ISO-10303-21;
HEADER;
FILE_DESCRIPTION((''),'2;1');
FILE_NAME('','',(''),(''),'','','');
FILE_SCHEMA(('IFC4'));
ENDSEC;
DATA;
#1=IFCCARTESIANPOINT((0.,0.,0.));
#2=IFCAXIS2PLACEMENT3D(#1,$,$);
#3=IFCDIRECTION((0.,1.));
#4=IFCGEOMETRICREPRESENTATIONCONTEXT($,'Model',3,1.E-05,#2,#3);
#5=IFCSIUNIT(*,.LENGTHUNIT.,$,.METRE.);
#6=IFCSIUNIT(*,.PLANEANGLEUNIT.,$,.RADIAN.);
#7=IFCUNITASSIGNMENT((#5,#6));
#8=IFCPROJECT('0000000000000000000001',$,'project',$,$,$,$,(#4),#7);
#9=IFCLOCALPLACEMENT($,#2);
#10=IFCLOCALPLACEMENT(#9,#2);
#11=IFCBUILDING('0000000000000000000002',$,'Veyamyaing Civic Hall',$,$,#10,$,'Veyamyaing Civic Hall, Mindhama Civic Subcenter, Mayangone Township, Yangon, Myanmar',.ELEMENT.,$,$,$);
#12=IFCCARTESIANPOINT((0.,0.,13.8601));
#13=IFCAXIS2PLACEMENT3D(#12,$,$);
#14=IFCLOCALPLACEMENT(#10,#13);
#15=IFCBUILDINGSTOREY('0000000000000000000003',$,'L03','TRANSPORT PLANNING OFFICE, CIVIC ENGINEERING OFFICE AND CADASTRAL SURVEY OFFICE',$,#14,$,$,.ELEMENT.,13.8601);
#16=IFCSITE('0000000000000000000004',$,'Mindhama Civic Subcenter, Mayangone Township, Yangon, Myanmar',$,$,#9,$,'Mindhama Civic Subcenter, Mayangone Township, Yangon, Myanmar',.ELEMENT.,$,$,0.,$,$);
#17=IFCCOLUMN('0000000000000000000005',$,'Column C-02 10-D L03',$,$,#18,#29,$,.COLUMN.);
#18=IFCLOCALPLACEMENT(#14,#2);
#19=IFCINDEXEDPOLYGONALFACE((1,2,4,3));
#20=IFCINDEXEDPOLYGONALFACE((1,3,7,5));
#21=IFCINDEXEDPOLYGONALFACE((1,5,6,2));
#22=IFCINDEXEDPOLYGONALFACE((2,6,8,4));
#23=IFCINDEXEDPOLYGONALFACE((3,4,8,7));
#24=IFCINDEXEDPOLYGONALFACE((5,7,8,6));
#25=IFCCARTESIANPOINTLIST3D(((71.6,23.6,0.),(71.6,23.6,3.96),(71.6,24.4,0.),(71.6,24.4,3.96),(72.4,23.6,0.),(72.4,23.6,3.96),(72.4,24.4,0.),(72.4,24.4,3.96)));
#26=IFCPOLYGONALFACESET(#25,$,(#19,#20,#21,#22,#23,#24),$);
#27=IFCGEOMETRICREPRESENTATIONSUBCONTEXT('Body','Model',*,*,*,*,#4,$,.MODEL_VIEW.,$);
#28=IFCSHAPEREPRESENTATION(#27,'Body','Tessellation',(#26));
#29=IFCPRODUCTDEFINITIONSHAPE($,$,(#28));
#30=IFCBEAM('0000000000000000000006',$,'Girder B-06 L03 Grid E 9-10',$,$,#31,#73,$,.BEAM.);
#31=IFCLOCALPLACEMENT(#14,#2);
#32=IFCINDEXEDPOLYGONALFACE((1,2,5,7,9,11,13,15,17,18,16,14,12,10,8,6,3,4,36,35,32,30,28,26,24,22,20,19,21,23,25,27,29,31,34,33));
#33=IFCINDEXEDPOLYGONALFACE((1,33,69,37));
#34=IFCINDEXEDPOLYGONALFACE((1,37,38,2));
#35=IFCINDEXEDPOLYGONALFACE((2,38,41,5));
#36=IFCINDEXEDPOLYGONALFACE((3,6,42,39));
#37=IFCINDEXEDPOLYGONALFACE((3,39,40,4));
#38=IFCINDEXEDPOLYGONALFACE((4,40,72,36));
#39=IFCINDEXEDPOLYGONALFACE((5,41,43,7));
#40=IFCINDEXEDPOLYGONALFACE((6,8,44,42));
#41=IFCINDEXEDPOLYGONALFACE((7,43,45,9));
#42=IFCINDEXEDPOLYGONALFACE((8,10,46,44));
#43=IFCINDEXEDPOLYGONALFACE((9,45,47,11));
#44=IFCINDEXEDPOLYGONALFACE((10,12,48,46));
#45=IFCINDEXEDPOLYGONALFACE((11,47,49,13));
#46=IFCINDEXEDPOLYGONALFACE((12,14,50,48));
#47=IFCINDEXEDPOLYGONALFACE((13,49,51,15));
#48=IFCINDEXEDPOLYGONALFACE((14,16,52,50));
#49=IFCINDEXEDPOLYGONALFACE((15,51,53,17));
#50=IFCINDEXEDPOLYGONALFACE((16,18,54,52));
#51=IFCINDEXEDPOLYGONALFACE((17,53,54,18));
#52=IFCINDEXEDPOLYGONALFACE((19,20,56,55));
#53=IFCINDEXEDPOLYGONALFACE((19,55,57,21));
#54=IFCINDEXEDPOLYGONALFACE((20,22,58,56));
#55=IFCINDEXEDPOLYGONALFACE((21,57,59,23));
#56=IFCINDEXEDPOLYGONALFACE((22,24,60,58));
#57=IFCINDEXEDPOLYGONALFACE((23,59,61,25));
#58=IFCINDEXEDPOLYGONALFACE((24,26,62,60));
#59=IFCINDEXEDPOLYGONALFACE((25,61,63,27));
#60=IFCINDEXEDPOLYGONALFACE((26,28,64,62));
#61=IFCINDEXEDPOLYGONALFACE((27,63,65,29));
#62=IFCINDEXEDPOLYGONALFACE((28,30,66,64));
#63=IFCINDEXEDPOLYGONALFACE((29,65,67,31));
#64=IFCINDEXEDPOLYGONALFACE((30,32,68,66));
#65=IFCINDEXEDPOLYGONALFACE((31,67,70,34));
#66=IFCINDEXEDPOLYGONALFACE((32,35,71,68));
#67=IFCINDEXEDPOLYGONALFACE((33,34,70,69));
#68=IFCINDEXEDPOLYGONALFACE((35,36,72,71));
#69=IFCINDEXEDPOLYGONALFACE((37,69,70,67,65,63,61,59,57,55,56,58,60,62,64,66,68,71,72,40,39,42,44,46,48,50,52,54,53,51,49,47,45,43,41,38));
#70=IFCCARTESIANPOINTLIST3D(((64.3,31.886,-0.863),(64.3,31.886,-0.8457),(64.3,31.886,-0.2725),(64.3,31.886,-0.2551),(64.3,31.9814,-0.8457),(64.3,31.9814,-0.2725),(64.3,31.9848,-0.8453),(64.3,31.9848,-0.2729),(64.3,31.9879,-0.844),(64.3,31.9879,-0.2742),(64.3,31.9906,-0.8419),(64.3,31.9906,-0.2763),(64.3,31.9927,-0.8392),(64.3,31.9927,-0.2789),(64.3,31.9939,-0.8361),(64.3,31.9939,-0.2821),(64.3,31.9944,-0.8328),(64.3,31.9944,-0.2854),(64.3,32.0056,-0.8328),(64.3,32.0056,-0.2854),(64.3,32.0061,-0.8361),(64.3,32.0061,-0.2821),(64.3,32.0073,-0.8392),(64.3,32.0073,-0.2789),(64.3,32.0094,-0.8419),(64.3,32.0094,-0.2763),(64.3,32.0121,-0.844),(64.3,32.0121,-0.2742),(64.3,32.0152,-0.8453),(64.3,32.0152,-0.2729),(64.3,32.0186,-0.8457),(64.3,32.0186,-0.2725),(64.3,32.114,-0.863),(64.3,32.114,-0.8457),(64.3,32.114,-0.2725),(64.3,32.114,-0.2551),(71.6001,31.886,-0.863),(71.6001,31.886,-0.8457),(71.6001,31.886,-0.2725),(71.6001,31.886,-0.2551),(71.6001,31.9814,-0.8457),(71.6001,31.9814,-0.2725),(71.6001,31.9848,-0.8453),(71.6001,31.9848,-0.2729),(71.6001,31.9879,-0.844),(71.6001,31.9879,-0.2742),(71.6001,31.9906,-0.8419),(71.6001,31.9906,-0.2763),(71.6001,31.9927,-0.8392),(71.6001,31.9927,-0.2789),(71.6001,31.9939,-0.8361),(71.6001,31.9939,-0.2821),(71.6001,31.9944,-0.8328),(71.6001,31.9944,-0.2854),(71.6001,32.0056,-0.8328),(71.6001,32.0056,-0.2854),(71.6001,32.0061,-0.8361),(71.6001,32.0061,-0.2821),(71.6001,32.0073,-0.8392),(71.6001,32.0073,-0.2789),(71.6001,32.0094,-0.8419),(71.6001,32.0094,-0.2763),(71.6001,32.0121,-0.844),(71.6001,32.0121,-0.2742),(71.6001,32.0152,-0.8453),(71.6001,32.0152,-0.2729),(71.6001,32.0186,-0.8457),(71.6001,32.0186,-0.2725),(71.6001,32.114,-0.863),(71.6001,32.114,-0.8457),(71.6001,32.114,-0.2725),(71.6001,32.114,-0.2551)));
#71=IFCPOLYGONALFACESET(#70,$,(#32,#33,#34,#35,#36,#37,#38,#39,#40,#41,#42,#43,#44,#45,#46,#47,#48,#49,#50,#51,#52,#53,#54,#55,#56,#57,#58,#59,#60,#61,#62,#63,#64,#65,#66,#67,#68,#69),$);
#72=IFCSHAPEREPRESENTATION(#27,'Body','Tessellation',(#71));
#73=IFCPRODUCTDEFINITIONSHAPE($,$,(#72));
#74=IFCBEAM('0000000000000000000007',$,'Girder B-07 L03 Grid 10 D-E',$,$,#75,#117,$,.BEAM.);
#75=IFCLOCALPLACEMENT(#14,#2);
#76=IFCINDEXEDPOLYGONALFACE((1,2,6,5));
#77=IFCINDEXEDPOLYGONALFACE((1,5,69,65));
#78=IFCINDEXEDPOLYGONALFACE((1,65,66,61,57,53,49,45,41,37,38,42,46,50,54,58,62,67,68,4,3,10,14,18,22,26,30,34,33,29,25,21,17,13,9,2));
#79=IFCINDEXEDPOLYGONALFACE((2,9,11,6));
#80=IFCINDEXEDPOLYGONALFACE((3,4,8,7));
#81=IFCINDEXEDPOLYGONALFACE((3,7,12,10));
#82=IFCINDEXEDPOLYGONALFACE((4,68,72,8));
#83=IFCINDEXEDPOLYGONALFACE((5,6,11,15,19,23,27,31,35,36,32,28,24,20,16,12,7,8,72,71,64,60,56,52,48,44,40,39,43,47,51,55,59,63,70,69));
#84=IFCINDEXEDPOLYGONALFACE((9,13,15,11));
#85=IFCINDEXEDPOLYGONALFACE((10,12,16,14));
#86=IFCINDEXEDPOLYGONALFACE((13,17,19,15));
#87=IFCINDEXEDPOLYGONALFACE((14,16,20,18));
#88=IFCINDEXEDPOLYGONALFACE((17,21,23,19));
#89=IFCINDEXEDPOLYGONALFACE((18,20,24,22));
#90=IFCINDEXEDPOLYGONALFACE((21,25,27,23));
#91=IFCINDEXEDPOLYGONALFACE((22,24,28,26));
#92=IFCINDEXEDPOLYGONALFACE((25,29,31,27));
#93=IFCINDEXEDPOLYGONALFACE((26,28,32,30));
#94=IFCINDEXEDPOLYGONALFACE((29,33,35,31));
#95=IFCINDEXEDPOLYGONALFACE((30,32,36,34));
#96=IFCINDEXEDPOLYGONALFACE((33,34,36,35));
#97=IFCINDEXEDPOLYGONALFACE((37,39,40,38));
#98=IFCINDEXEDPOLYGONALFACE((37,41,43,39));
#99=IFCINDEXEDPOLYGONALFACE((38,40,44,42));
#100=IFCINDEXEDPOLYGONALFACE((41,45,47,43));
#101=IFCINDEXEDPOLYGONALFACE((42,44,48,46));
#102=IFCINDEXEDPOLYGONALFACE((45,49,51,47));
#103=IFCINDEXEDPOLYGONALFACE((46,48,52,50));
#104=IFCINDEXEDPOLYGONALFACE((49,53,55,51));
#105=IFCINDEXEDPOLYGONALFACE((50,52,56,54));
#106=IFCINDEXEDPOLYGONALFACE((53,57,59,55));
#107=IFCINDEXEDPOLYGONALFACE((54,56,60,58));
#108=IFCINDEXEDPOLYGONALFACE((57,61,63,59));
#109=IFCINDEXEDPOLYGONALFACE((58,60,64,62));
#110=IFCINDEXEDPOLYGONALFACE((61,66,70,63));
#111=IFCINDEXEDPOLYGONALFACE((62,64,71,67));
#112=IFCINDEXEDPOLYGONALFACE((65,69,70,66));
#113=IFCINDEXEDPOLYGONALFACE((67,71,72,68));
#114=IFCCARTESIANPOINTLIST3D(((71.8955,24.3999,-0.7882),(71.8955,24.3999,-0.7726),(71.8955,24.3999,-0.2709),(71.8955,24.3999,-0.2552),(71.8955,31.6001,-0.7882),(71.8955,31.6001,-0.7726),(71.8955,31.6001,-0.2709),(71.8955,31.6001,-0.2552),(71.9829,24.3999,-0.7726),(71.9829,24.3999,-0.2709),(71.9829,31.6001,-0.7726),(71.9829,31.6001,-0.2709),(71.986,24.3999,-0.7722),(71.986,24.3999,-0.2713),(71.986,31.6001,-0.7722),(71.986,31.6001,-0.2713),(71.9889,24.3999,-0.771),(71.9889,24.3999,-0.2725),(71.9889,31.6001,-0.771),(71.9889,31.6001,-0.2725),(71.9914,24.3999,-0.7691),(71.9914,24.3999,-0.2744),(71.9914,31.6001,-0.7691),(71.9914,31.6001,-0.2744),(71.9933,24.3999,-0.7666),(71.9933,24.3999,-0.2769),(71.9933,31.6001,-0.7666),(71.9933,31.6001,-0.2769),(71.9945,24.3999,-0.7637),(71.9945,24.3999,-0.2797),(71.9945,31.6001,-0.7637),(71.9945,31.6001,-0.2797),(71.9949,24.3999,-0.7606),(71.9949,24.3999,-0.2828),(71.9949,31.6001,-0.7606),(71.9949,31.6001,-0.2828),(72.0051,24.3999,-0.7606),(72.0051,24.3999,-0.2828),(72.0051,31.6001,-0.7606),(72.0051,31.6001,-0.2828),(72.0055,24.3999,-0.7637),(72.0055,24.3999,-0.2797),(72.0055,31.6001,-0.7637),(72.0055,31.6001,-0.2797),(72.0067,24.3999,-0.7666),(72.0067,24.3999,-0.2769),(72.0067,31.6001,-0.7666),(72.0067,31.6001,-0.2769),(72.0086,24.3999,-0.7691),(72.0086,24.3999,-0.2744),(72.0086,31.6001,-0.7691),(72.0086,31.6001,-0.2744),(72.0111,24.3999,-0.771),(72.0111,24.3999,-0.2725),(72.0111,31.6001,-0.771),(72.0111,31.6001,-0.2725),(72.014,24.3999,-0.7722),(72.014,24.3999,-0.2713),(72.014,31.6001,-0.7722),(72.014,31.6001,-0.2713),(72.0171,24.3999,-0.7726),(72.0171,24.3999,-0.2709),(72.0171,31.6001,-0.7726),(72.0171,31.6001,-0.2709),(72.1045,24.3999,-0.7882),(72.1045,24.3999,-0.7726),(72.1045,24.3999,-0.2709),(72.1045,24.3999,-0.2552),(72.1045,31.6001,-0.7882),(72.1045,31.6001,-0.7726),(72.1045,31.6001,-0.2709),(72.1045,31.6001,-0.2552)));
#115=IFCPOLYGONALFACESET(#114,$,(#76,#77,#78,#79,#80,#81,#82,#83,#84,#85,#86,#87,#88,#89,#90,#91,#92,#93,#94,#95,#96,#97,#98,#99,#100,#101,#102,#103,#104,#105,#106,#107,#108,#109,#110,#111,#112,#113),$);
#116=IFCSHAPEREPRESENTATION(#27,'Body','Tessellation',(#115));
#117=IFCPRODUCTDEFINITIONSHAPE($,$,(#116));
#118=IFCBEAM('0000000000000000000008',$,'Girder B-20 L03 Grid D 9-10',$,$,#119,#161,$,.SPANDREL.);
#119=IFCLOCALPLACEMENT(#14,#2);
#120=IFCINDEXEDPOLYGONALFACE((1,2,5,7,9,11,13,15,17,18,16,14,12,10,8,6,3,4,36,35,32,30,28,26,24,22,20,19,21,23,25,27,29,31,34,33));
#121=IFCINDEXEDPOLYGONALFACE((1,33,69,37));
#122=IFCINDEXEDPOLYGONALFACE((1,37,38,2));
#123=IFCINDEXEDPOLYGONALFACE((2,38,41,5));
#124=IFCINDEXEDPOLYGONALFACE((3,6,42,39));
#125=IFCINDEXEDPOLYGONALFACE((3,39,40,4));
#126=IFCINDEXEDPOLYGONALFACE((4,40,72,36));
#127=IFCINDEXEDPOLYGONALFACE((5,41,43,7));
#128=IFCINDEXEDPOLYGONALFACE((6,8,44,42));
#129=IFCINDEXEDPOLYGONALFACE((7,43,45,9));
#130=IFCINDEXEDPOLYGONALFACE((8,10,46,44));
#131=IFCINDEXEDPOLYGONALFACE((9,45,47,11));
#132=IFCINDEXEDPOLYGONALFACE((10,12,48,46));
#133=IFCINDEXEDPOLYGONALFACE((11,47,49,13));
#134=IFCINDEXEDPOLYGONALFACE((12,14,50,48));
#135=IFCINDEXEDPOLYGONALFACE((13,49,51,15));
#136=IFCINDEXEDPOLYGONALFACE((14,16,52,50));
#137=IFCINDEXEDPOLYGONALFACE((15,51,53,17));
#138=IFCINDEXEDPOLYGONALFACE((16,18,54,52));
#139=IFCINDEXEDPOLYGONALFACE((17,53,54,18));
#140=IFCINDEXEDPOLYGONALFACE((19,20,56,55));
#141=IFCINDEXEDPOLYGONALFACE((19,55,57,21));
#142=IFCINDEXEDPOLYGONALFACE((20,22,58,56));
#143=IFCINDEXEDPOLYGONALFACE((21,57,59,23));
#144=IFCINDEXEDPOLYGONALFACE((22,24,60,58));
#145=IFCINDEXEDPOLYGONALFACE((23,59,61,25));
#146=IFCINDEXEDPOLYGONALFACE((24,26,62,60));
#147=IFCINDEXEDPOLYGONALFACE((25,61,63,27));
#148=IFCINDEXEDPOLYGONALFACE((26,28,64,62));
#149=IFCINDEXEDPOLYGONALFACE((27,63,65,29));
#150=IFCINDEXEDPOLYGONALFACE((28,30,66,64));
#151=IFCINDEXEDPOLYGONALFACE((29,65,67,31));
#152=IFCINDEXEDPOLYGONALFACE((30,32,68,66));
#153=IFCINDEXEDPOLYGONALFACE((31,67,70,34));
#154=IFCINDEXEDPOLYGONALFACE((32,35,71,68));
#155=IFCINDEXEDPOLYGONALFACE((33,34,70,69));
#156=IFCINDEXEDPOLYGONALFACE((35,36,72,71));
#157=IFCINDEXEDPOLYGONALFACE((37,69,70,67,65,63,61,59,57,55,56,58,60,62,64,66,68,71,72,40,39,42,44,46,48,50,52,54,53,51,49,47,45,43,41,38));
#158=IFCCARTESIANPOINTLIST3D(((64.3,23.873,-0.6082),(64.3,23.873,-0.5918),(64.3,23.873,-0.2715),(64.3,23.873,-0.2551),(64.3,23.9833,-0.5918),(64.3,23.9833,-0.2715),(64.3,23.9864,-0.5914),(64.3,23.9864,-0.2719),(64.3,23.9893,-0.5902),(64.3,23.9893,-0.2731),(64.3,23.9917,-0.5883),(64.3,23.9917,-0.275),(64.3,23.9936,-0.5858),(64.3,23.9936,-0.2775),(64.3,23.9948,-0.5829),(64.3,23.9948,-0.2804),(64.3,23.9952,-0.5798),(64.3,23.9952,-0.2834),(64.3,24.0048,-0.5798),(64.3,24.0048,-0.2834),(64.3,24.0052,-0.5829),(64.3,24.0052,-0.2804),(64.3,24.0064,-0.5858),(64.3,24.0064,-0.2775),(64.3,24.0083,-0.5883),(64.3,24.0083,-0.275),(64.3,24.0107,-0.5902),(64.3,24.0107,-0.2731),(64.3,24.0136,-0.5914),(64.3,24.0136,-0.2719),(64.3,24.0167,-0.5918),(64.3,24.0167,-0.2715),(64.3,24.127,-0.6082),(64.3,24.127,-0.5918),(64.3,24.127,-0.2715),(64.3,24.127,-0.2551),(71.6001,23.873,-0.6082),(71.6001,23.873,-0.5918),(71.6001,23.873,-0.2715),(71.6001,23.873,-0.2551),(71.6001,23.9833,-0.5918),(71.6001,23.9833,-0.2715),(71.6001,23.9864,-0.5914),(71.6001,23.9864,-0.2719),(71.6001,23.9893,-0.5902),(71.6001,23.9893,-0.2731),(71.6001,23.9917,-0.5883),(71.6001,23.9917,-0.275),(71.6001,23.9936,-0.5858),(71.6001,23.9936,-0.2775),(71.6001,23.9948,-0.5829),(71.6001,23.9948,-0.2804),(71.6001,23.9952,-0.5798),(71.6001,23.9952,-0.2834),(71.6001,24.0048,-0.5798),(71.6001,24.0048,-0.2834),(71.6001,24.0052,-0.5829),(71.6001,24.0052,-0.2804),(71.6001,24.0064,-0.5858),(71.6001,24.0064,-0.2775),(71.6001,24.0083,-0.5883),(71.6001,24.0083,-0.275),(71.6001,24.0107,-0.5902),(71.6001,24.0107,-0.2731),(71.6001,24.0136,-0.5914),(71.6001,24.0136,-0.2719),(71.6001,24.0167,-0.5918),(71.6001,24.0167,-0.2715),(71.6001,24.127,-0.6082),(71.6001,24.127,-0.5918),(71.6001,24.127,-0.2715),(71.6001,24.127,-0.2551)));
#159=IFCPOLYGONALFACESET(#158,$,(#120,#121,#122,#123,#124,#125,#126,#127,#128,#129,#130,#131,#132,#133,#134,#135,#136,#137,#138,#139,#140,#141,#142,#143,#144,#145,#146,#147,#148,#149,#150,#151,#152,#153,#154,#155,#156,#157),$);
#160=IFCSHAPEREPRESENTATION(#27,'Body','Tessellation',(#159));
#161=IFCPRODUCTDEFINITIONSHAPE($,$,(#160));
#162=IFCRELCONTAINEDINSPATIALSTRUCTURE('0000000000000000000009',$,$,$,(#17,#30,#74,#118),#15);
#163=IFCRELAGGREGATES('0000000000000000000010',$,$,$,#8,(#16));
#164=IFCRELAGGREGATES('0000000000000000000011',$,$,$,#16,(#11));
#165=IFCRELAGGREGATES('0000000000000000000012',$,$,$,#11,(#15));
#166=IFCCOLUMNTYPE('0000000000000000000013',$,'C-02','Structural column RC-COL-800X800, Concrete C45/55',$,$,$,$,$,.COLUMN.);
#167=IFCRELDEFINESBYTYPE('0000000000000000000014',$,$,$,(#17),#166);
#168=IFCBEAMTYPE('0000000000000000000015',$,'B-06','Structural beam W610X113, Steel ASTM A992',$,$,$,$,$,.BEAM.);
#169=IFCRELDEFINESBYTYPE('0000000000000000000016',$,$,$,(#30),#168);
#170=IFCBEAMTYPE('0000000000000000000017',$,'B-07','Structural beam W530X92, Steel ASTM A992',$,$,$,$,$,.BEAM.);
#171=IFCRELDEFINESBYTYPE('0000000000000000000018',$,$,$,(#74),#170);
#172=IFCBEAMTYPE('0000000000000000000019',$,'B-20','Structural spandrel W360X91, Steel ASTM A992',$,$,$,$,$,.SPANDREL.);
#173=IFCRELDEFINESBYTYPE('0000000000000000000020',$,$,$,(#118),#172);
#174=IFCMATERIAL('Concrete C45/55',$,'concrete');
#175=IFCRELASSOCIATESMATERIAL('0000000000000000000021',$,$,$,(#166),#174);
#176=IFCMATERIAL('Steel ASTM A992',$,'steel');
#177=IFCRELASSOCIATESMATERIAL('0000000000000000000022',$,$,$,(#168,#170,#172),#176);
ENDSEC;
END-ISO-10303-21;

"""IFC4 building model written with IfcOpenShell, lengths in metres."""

from ifc_helpers import new_model, si_unit, direction, frame, origin, origin_2d, place, context, subcontext, project, spatial, rectangle, i_section, extrude, material, material_profile, profile_set, type_object, element, save


model = new_model("IFC4")

# Units and contexts
model_context = context("Model", 3, precision=1e-05, world=origin(), true_north=direction((0.0, 1.0)))
body_context = subcontext(model_context, "Body", "Model", "MODEL_VIEW")
ifc_project = project(units=[si_unit("LENGTHUNIT", "METRE"), si_unit("PLANEANGLEUNIT", "RADIAN")], contexts=[model_context])

# Site, building, storey
site_placement = place(None, origin())
site = spatial("IfcSite", under=ifc_project, at=site_placement, Name="Mindhama Civic Subcenter, Mayangone Township, Yangon, Myanmar", LongName="Mindhama Civic Subcenter, Mayangone Township, Yangon, Myanmar", CompositionType="ELEMENT", RefElevation=0.0)
building_placement = place(site_placement, origin())
building = spatial("IfcBuilding", under=site, at=building_placement, Name="Veyamyaing Civic Hall", LongName="Veyamyaing Civic Hall, Mindhama Civic Subcenter, Mayangone Township, Yangon, Myanmar", CompositionType="ELEMENT")
storey_placement = place(building_placement, frame((0.0, 0.0, 13.8601)))
storey = spatial("IfcBuildingStorey", under=building, at=storey_placement, Name="L03", Description="TRANSPORT PLANNING OFFICE, CIVIC ENGINEERING OFFICE AND CADASTRAL SURVEY OFFICE", CompositionType="ELEMENT", Elevation=13.8601)

# Column
ifc_material_1 = material(Name="Concrete C45/55", Category="concrete")
ifc_material_profile_1 = material_profile(ifc_material_1, rectangle(XDim=0.8, YDim=0.8, at=origin_2d()), Name="RC-COL-800X800")
ifc_profile_set_1 = profile_set([ifc_material_profile_1], Name="Concrete C45/55")
column_type = type_object("IfcColumnType", Name="C-02", Description="Structural column RC-COL-800X800, Concrete C45/55", PredefinedType="COLUMN", material=ifc_profile_set_1)
column_placement = place(storey_placement, frame((72.0, 24.0, 0.0), z_axis=(0.0, 0.0, 1.0), x_axis=(1.0, 0.0, 0.0)))
element("IfcColumn", 1, at=column_placement, inside=storey, type_object=column_type, Name="Column C-02 10-D L03", PredefinedType="COLUMN", context=body_context, shape_type="SweptSolid", body=[
    extrude(rectangle(XDim=0.8, YDim=0.8, at=origin_2d()), origin(), (0.0, 0.0, 1.0), 3.96),
])

# Beams
ifc_material_2 = material(Name="Steel ASTM A992", Category="steel")
ifc_material_profile_2 = material_profile(ifc_material_2, i_section(OverallWidth=0.228, OverallDepth=0.6079, WebThickness=0.0112, FlangeThickness=0.0173, FilletRadius=0.0129, at=origin_2d()), Name="W610X113")
ifc_profile_set_2 = profile_set([ifc_material_profile_2], Name="Steel ASTM A992")
beam_type_1 = type_object("IfcBeamType", Name="B-06", Description="Structural beam W610X113, Steel ASTM A992", PredefinedType="BEAM", material=ifc_profile_set_2)
beam_1_placement = place(storey_placement, frame((64.3, 32.0, -0.5591), z_axis=(1.0, 0.0, 0.0), x_axis=(0.0, 1.0, 0.0)))
element("IfcBeam", 2, at=beam_1_placement, inside=storey, type_object=beam_type_1, Name="Girder B-06 L03 Grid E 9-10", PredefinedType="BEAM", context=body_context, shape_type="SweptSolid", body=[
    extrude(i_section(OverallWidth=0.228, OverallDepth=0.6079, WebThickness=0.0112, FlangeThickness=0.0173, FilletRadius=0.0129, at=origin_2d()), origin(), (0.0, 0.0, 1.0), 7.3),
])
ifc_material_profile_3 = material_profile(ifc_material_2, i_section(OverallWidth=0.209, OverallDepth=0.533, WebThickness=0.0103, FlangeThickness=0.0156, FilletRadius=0.012, at=origin_2d()), Name="W530X92")
ifc_profile_set_3 = profile_set([ifc_material_profile_3], Name="Steel ASTM A992")
beam_type_2 = type_object("IfcBeamType", Name="B-07", Description="Structural beam W530X92, Steel ASTM A992", PredefinedType="BEAM", material=ifc_profile_set_3)
beam_2_placement = place(storey_placement, frame((72.0, 24.3999, -0.5217), z_axis=(0.0, 1.0, 0.0), x_axis=(-1.0, 0.0, 0.0)))
element("IfcBeam", 3, at=beam_2_placement, inside=storey, type_object=beam_type_2, Name="Girder B-07 L03 Grid 10 D-E", PredefinedType="BEAM", context=body_context, shape_type="SweptSolid", body=[
    extrude(i_section(OverallWidth=0.209, OverallDepth=0.533, WebThickness=0.0103, FlangeThickness=0.0156, FilletRadius=0.012, at=origin_2d()), origin(), (0.0, 0.0, 1.0), 7.2002),
])
ifc_material_profile_4 = material_profile(ifc_material_2, i_section(OverallWidth=0.2539, OverallDepth=0.353, WebThickness=0.0095, FlangeThickness=0.0164, FilletRadius=0.012, at=origin_2d()), Name="W360X91")
ifc_profile_set_4 = profile_set([ifc_material_profile_4], Name="Steel ASTM A992")
beam_type_3 = type_object("IfcBeamType", Name="B-20", Description="Structural spandrel W360X91, Steel ASTM A992", PredefinedType="SPANDREL", material=ifc_profile_set_4)
beam_3_placement = place(storey_placement, frame((64.3, 24.0, -0.4316), z_axis=(1.0, 0.0, 0.0), x_axis=(0.0, 1.0, 0.0)))
element("IfcBeam", 4, at=beam_3_placement, inside=storey, type_object=beam_type_3, Name="Girder B-20 L03 Grid D 9-10", PredefinedType="SPANDREL", context=body_context, shape_type="SweptSolid", body=[
    extrude(i_section(OverallWidth=0.2539, OverallDepth=0.353, WebThickness=0.0095, FlangeThickness=0.0164, FilletRadius=0.012, at=origin_2d()), origin(), (0.0, 0.0, 1.0), 7.3),
])

save(model, "model.ifc")
